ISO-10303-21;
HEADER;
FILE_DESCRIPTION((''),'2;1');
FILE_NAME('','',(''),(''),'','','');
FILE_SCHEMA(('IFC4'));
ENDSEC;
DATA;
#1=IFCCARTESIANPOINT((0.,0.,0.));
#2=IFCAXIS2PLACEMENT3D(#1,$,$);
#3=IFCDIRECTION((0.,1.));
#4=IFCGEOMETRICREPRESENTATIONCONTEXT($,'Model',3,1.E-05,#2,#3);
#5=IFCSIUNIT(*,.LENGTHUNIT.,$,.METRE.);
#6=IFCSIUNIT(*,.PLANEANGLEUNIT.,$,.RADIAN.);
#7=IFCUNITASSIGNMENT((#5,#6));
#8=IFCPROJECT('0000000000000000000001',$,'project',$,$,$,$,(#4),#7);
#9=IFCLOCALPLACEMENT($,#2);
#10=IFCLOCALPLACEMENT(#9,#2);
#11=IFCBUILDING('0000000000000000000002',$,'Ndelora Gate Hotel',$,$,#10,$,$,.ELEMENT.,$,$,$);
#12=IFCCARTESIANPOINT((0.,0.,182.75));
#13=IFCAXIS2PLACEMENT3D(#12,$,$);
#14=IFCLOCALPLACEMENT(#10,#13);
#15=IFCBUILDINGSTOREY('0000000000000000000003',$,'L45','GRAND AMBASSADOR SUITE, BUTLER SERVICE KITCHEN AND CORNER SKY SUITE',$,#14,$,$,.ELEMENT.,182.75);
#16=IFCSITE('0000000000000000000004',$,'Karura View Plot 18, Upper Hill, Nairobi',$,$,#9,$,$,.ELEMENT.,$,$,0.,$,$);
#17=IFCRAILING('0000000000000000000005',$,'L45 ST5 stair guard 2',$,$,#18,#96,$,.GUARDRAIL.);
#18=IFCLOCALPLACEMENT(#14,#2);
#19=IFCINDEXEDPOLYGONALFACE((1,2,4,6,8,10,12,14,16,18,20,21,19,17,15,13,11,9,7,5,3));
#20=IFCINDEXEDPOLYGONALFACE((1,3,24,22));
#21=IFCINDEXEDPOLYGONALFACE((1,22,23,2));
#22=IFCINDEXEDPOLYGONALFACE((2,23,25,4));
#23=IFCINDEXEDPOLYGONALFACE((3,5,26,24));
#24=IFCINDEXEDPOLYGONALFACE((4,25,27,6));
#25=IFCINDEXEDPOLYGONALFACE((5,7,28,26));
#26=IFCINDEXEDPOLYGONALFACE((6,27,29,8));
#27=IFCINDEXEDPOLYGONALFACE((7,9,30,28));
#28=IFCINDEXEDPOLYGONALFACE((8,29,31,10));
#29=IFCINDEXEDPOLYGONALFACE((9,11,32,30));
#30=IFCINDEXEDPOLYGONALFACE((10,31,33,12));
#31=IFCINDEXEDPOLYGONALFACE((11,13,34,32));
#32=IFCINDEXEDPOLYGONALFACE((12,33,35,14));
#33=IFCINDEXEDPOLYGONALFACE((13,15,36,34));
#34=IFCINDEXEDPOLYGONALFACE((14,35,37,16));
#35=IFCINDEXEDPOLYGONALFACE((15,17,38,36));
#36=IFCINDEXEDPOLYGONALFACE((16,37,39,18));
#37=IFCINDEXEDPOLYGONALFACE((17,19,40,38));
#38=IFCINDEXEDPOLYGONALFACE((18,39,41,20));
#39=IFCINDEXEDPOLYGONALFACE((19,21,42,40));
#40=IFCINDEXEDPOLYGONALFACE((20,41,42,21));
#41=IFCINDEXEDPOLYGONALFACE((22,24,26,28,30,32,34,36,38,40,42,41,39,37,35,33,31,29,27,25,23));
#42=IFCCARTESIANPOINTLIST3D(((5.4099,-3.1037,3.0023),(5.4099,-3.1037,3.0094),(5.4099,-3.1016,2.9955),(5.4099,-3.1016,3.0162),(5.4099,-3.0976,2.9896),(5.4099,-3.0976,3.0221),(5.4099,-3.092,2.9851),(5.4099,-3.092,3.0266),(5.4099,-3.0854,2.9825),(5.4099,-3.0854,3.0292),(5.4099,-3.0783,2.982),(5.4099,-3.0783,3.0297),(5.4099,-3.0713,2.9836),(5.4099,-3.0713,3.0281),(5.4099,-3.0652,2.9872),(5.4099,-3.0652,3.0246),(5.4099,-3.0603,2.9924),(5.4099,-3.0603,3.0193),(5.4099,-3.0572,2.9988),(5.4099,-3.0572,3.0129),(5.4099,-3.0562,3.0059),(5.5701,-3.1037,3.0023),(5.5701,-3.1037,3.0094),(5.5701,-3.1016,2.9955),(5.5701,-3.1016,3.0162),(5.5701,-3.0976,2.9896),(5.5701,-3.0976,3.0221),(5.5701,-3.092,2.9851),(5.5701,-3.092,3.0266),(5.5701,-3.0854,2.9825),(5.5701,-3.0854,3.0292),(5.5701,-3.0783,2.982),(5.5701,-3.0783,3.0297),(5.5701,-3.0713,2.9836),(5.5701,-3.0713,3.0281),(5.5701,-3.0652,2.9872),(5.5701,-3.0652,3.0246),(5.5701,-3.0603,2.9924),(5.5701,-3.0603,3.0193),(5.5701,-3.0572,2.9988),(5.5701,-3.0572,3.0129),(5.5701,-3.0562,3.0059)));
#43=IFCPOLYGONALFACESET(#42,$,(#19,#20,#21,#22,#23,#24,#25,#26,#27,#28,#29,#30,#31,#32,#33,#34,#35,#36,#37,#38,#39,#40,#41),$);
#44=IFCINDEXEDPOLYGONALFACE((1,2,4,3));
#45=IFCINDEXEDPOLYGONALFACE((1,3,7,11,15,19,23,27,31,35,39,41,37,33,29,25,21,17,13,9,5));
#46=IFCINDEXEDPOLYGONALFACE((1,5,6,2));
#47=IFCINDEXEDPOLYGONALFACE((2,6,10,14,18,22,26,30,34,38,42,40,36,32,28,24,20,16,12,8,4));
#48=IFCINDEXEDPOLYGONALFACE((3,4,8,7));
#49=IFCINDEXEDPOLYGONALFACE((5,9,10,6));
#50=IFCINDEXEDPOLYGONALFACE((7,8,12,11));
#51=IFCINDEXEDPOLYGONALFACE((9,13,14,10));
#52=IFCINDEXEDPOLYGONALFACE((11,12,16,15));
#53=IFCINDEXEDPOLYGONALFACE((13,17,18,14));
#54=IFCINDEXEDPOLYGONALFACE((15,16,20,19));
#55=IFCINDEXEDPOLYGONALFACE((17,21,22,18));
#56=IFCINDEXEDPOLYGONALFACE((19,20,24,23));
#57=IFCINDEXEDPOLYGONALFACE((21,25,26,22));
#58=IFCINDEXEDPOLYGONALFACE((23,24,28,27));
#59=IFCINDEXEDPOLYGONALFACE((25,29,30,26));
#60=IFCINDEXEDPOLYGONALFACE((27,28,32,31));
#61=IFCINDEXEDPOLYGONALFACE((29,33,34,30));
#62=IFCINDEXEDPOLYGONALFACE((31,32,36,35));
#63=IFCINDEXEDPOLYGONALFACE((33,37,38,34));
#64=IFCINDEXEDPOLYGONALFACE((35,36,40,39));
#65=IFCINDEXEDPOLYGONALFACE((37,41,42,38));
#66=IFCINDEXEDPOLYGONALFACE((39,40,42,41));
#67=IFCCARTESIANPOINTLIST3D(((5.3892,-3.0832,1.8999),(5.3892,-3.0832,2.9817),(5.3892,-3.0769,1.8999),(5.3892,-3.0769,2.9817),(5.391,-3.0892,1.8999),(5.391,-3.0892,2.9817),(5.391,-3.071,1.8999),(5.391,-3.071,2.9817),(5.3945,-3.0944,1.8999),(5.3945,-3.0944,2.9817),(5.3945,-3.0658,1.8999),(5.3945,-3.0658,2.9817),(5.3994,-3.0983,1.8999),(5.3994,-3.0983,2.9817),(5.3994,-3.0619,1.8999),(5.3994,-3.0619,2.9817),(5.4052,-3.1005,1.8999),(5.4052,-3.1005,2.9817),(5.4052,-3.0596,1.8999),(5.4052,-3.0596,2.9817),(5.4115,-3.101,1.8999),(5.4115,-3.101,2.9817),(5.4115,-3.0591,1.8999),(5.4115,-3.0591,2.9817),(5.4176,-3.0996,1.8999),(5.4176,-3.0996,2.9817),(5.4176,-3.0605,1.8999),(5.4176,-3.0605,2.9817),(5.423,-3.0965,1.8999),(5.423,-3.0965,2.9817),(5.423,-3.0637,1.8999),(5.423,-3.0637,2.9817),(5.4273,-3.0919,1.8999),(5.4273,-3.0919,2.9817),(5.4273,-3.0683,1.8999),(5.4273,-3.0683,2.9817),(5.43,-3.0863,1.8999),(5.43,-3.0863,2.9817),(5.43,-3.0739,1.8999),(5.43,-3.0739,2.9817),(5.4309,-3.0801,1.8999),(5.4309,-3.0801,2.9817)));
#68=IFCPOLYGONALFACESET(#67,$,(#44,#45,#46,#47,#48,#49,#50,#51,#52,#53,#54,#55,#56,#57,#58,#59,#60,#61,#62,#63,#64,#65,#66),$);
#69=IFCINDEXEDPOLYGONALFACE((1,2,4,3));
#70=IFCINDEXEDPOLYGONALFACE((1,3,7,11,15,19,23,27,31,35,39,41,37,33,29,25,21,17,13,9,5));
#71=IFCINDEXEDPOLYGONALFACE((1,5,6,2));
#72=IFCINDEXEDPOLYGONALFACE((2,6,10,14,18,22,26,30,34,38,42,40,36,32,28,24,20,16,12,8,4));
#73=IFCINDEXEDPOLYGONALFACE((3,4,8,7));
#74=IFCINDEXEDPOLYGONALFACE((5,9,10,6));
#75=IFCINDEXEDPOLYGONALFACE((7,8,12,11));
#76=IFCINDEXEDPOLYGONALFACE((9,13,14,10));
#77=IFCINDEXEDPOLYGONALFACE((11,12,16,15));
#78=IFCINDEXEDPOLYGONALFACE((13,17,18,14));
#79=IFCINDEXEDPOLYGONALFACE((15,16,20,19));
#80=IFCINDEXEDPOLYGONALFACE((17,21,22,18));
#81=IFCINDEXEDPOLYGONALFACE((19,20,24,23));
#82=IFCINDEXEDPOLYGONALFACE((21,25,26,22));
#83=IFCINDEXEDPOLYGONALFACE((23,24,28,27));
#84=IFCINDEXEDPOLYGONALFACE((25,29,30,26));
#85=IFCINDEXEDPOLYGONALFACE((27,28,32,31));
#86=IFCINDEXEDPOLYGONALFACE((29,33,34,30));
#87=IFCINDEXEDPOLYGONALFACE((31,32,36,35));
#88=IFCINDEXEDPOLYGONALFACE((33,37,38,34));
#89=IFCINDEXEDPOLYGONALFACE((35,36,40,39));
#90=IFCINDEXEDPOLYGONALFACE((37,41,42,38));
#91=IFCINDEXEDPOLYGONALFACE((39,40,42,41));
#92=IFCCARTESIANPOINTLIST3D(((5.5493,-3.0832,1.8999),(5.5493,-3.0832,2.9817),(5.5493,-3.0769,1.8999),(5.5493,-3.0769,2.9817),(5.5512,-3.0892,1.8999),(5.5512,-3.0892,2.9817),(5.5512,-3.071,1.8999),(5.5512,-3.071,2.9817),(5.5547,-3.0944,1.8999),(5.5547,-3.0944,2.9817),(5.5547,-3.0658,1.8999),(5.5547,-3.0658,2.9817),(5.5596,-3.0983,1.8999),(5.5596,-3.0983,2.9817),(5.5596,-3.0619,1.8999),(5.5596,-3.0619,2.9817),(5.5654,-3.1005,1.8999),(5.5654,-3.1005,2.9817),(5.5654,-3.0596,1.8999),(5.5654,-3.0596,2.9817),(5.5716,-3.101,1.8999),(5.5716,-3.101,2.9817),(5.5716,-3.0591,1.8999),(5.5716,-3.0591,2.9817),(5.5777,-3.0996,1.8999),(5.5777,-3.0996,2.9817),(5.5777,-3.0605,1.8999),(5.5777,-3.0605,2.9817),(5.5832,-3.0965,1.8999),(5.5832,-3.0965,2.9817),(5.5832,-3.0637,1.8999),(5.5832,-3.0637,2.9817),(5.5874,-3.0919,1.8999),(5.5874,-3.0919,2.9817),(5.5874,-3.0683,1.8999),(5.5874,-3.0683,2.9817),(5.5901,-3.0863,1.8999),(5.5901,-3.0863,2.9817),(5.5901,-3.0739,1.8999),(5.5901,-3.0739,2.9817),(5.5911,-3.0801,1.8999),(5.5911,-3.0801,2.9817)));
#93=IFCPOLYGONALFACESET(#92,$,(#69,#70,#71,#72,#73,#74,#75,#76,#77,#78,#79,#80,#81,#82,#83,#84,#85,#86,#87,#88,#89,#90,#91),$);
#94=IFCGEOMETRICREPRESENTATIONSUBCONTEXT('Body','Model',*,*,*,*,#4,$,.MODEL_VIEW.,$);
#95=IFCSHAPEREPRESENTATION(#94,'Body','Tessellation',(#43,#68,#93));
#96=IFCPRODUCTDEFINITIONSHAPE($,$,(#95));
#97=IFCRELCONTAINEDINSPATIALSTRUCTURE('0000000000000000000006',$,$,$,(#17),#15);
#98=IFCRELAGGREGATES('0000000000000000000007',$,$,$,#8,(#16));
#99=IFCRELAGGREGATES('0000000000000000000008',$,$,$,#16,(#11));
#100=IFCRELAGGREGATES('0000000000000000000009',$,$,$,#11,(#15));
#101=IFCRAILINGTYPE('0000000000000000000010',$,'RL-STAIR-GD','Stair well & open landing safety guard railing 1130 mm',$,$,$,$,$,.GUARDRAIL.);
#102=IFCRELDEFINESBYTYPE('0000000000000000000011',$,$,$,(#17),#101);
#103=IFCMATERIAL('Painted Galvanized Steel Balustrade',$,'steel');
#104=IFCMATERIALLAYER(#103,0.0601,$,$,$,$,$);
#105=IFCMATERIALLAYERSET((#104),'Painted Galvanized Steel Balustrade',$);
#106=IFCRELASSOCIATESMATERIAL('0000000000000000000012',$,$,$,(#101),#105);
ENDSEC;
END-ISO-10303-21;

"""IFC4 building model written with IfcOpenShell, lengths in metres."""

from ifc_helpers import new_model, si_unit, direction, frame, origin, origin_2d, place, context, subcontext, project, spatial, circle, extrude, material, layer, layer_set, type_object, element, save


model = new_model("IFC4")

# Units and contexts
model_context = context("Model", 3, precision=1e-05, world=origin(), true_north=direction((0.0, 1.0)))
body_context = subcontext(model_context, "Body", "Model", "MODEL_VIEW")
ifc_project = project(units=[si_unit("LENGTHUNIT", "METRE"), si_unit("PLANEANGLEUNIT", "RADIAN")], contexts=[model_context])

# Site, building, storey
site_placement = place(None, origin())
site = spatial("IfcSite", under=ifc_project, at=site_placement, Name="Karura View Plot 18, Upper Hill, Nairobi", CompositionType="ELEMENT", RefElevation=0.0)
building_placement = place(site_placement, origin())
building = spatial("IfcBuilding", under=site, at=building_placement, Name="Ndelora Gate Hotel", CompositionType="ELEMENT")
storey_placement = place(building_placement, frame((0.0, 0.0, 182.75)))
storey = spatial("IfcBuildingStorey", under=building, at=storey_placement, Name="L45", Description="GRAND AMBASSADOR SUITE, BUTLER SERVICE KITCHEN AND CORNER SKY SUITE", CompositionType="ELEMENT", Elevation=182.75)

# Railing
ifc_material_1 = material(Name="Painted Galvanized Steel Balustrade", Category="steel")
ifc_layer_1 = layer(ifc_material_1, 0.0601)
ifc_layer_set_1 = layer_set([ifc_layer_1], Name="Painted Galvanized Steel Balustrade")
railing_type_1 = type_object("IfcRailingType", Name="RL-STAIR-GD", Description="Stair well & open landing safety guard railing 1130 mm", PredefinedType="GUARDRAIL", material=ifc_layer_set_1)
railing_1_placement = place(storey_placement, frame((5.4099, -3.0801, 1.8999)))
element("IfcRailing", 1, at=railing_1_placement, inside=storey, type_object=railing_type_1, Name="L45 ST5 stair guard 2", PredefinedType="GUARDRAIL", context=body_context, shape_type="SweptSolid", body=[
    extrude(circle(Radius=0.0239, at=origin_2d()), frame((0.0, 0.0, 1.106), z_axis=(1.0, 0.0, 0.0), x_axis=(0.0, 1.0, 0.0)), (0.0, 0.0, 1.0), 0.1602),
    extrude(circle(Radius=0.021, at=origin_2d()), origin(), (0.0, 0.0, 1.0), 1.0818),
    extrude(circle(Radius=0.021, at=origin_2d()), frame((0.1602, 0.0, 0.0)), (0.0, 0.0, 1.0), 1.0818),
])

save(model, "model.ifc")
